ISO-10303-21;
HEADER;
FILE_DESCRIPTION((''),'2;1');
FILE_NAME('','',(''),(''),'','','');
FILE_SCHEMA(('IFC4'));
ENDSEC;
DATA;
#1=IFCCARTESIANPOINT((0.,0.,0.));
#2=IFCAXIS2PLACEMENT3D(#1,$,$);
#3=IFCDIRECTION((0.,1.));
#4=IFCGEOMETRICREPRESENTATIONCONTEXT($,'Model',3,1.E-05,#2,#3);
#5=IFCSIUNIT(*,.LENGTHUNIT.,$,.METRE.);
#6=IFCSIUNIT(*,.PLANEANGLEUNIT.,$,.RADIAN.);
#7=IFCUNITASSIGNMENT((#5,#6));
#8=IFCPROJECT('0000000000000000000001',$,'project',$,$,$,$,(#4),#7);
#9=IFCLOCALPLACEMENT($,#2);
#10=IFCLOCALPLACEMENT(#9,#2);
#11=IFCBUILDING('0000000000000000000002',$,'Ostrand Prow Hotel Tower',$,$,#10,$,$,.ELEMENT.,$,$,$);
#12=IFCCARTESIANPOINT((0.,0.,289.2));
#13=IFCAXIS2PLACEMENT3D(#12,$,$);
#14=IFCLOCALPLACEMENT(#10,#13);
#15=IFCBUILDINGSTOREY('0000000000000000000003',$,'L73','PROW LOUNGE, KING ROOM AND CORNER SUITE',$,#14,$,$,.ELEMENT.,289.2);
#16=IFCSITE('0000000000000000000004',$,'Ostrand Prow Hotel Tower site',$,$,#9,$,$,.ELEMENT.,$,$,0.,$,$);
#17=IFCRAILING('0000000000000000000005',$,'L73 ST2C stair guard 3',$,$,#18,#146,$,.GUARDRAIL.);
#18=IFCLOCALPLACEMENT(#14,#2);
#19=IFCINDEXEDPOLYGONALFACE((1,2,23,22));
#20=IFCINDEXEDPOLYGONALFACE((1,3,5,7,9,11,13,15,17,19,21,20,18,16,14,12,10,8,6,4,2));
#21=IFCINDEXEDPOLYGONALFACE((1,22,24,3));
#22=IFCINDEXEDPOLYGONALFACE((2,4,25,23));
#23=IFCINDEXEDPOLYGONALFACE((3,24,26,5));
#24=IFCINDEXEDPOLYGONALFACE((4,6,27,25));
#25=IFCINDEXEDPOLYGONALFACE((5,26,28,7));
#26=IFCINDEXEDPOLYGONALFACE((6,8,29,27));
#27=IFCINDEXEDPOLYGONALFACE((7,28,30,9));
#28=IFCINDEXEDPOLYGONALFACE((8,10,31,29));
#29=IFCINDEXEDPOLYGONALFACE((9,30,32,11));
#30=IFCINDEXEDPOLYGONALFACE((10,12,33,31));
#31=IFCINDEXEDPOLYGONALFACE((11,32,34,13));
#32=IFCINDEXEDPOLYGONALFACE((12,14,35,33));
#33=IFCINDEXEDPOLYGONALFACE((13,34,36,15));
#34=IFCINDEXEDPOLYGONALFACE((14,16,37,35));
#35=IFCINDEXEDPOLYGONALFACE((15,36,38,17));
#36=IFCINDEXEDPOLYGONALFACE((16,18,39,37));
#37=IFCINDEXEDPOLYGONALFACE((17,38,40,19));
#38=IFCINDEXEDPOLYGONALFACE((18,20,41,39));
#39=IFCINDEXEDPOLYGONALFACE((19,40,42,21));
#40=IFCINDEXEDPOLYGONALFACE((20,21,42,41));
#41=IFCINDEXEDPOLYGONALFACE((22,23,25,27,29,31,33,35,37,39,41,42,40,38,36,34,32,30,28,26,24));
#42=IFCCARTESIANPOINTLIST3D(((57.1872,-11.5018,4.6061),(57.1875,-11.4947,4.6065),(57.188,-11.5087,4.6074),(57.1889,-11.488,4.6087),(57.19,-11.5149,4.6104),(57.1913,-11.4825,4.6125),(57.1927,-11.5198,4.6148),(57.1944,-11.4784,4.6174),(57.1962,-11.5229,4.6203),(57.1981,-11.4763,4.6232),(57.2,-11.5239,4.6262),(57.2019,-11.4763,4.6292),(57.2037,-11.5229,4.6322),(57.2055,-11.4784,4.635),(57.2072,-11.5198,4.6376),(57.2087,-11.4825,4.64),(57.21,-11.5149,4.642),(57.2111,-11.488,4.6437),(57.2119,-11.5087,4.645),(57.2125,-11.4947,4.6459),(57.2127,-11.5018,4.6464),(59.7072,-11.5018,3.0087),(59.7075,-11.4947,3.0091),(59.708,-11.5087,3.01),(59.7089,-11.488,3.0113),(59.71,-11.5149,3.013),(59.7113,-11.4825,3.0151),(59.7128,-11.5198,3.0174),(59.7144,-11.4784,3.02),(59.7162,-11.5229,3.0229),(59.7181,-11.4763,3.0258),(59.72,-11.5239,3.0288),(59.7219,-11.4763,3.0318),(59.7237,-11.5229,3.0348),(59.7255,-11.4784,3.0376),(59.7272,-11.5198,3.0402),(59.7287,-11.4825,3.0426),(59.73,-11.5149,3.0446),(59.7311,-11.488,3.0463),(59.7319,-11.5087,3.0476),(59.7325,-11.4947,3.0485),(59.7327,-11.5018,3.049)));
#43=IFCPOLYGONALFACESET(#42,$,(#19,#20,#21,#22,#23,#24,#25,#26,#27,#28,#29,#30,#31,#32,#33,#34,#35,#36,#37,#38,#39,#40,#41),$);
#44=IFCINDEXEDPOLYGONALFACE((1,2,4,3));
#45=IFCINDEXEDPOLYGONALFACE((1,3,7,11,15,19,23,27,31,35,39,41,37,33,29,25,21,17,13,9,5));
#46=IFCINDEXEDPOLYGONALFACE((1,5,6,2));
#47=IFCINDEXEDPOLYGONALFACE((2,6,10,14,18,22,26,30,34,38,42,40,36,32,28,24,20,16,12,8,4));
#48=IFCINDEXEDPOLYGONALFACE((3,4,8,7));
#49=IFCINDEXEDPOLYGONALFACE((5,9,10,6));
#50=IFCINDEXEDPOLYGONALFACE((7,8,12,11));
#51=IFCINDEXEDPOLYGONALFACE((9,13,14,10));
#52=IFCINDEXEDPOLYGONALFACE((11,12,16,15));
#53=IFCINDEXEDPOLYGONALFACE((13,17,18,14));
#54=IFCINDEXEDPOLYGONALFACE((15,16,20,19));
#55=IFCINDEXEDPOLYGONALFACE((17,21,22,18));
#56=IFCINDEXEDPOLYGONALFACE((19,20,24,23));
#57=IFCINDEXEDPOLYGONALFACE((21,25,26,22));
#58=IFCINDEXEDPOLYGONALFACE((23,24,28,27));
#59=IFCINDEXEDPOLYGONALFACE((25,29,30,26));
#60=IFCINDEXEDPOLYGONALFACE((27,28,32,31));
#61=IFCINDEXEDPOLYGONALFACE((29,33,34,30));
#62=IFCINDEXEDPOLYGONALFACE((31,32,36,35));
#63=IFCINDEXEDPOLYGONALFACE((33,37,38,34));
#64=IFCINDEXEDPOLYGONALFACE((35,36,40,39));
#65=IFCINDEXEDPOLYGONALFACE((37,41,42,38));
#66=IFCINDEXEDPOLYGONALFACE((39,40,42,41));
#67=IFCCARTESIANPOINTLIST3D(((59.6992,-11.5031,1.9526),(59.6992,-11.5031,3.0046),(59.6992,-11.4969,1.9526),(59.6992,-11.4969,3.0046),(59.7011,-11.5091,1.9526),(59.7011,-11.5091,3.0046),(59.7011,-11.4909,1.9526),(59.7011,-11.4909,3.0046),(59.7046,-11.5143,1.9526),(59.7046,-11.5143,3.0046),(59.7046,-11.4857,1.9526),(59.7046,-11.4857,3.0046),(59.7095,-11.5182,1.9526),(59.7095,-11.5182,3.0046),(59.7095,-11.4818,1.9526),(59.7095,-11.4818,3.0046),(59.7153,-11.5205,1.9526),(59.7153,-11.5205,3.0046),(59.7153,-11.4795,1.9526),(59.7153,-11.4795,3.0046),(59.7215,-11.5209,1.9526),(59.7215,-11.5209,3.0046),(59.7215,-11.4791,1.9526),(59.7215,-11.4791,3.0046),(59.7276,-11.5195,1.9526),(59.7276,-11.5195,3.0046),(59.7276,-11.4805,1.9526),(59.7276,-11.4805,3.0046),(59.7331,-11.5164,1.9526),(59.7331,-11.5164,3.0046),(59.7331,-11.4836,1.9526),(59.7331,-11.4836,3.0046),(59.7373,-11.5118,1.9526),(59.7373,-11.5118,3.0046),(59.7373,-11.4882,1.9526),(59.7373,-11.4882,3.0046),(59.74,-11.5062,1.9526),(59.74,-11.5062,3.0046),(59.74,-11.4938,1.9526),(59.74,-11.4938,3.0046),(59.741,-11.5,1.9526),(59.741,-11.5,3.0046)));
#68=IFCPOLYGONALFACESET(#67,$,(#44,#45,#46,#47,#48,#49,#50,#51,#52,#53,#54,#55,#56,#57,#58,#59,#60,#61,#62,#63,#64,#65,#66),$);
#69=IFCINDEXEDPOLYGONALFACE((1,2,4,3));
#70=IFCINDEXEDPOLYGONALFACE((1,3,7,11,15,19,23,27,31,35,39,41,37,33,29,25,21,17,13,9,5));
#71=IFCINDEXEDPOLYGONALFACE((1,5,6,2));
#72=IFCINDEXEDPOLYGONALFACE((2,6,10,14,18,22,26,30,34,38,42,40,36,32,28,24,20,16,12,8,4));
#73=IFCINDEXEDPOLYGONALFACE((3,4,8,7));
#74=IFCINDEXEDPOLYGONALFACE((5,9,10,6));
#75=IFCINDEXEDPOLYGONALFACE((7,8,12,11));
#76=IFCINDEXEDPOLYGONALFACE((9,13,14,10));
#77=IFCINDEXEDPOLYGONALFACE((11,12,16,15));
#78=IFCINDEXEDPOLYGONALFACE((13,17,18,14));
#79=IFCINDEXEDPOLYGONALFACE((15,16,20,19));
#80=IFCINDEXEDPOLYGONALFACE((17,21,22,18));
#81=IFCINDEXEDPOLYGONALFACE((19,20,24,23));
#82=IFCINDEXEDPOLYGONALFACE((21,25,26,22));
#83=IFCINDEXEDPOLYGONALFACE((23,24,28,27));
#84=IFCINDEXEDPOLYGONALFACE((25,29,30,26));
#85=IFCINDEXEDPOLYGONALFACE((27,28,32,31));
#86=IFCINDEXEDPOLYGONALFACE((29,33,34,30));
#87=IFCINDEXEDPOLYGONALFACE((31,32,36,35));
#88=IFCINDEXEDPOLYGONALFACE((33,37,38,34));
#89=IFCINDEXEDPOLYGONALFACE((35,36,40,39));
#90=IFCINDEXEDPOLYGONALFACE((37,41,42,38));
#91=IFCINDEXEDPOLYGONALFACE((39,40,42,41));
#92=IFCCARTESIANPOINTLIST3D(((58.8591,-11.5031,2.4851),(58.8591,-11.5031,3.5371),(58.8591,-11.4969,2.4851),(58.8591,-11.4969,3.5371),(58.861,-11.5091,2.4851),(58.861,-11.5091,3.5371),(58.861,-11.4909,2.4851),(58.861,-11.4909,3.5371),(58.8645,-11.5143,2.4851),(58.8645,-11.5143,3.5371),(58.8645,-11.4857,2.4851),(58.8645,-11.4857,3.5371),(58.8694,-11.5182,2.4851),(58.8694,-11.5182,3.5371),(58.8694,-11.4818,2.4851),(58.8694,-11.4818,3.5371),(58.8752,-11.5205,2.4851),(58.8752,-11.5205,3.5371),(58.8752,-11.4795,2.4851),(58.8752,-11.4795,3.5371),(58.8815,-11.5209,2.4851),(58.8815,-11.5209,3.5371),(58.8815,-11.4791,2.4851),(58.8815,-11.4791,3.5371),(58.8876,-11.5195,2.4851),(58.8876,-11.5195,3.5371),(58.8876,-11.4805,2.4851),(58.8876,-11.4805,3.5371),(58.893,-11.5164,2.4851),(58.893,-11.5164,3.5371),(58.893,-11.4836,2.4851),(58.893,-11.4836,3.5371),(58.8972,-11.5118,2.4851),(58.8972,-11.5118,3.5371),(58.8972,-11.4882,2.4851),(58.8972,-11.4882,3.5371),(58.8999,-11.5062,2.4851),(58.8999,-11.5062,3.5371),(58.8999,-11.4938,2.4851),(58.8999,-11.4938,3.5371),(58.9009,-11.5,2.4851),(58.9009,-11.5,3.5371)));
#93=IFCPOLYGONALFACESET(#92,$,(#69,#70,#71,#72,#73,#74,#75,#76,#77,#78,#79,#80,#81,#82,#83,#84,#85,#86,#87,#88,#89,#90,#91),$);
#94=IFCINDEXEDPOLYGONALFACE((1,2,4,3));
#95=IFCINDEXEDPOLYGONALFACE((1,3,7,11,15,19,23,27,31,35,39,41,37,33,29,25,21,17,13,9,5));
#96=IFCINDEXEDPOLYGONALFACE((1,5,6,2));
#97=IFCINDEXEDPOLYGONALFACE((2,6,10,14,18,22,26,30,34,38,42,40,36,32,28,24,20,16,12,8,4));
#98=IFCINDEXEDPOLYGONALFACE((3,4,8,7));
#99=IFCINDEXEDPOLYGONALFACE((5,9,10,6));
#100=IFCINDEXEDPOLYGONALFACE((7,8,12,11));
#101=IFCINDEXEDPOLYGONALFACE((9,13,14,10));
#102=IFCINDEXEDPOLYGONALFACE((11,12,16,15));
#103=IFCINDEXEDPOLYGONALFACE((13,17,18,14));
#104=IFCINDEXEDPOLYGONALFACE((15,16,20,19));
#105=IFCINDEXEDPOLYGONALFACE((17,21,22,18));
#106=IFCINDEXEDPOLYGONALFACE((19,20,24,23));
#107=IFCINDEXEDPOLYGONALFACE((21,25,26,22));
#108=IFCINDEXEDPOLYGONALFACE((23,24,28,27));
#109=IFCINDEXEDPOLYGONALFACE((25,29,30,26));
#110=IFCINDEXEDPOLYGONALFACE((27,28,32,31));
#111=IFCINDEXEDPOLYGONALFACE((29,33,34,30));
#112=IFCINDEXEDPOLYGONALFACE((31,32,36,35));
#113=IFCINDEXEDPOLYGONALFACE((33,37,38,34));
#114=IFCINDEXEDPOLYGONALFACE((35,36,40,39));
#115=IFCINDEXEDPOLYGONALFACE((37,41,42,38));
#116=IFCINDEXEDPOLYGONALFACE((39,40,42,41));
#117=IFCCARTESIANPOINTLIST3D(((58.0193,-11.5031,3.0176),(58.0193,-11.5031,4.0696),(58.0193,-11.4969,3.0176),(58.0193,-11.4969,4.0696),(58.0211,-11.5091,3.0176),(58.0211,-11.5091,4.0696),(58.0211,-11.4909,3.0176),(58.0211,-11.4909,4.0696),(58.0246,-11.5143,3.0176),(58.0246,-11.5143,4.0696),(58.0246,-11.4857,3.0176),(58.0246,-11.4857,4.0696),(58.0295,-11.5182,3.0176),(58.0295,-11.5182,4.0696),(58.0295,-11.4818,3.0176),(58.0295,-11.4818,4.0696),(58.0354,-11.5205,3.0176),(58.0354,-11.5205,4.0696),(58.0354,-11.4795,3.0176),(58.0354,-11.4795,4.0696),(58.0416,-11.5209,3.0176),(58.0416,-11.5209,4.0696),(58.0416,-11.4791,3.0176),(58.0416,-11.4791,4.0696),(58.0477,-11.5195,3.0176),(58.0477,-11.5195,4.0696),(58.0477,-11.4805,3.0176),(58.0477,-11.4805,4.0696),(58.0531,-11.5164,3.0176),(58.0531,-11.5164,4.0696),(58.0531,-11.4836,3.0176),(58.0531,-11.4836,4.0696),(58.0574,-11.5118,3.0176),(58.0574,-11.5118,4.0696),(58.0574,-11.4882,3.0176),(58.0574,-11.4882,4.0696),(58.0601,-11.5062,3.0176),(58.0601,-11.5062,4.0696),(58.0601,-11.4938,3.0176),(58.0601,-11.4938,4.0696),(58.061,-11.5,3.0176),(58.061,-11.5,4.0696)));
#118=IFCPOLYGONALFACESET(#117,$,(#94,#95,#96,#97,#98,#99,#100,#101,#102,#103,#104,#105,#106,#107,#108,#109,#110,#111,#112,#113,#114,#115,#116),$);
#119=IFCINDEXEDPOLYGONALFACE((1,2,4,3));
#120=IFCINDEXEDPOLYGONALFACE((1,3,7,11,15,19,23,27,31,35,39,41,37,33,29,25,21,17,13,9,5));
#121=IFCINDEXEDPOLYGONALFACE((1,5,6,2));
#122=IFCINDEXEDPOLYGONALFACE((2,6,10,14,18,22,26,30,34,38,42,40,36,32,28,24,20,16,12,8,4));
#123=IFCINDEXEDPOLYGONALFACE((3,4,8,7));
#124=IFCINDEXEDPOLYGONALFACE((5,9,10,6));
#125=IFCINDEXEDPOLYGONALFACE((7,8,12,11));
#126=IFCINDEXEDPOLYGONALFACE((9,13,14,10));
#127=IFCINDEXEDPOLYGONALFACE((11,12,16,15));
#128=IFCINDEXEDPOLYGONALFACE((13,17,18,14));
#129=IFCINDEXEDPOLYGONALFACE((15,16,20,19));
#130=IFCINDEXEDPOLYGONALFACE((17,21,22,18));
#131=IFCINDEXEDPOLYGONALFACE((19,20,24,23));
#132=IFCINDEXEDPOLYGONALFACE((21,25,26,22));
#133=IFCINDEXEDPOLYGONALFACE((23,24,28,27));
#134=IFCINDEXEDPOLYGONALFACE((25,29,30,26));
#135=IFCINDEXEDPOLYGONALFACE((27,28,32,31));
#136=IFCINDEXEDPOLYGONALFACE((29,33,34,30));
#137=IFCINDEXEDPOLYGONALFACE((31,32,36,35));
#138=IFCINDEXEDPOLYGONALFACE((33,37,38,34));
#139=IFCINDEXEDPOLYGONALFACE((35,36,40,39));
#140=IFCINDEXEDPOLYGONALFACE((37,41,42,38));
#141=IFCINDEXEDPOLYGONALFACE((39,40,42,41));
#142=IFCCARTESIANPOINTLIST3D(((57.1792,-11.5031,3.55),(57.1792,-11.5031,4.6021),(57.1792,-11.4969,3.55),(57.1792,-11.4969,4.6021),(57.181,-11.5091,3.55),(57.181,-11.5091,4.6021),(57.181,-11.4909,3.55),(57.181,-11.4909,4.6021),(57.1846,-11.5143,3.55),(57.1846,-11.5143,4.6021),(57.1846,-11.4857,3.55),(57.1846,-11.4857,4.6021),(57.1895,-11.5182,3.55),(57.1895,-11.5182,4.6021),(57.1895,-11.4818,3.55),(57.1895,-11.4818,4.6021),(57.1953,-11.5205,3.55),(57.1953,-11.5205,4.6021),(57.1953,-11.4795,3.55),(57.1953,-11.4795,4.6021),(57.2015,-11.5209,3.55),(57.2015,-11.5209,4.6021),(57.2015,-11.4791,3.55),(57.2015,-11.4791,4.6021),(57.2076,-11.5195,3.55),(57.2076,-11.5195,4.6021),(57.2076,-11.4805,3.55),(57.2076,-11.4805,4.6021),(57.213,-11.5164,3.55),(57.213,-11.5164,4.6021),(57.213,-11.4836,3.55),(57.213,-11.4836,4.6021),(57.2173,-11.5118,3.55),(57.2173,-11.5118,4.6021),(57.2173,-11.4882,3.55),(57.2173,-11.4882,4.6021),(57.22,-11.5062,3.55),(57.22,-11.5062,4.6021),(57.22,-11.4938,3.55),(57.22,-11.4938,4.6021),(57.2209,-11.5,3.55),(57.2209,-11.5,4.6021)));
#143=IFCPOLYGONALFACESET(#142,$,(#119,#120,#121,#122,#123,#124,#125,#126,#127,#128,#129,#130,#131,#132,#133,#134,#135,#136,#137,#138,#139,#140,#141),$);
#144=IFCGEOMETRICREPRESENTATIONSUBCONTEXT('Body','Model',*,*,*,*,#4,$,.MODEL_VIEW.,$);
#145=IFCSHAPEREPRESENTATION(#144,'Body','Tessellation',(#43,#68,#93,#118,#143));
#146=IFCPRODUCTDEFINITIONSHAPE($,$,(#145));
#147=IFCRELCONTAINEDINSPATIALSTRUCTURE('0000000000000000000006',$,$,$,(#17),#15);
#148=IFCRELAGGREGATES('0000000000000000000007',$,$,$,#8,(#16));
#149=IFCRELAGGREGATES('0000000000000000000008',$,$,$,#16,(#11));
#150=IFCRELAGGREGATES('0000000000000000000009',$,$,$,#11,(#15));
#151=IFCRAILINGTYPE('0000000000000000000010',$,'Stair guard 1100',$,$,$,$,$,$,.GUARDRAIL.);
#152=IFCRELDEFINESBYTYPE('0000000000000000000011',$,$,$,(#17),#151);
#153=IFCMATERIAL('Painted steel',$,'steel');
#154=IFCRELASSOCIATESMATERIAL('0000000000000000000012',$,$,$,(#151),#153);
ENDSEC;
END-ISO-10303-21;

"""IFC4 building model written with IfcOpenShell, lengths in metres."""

from ifc_helpers import new_model, si_unit, direction, frame, origin, origin_2d, place, context, subcontext, project, spatial, circle, extrude, material, type_object, element, save


model = new_model("IFC4")

# Units and contexts
model_context = context("Model", 3, precision=1e-05, world=origin(), true_north=direction((0.0, 1.0)))
body_context = subcontext(model_context, "Body", "Model", "MODEL_VIEW")
ifc_project = project(units=[si_unit("LENGTHUNIT", "METRE"), si_unit("PLANEANGLEUNIT", "RADIAN")], contexts=[model_context])

# Site, building, storey
site_placement = place(None, origin())
site = spatial("IfcSite", under=ifc_project, at=site_placement, Name="Ostrand Prow Hotel Tower site", CompositionType="ELEMENT", RefElevation=0.0)
building_placement = place(site_placement, origin())
building = spatial("IfcBuilding", under=site, at=building_placement, Name="Ostrand Prow Hotel Tower", CompositionType="ELEMENT")
storey_placement = place(building_placement, frame((0.0, 0.0, 289.2)))
storey = spatial("IfcBuildingStorey", under=building, at=storey_placement, Name="L73", Description="PROW LOUNGE, KING ROOM AND CORNER SUITE", CompositionType="ELEMENT", Elevation=289.2)

# Railing
ifc_material_1 = material(Name="Painted steel", Category="steel")
railing_type_1 = type_object("IfcRailingType", Name="Stair guard 1100", PredefinedType="GUARDRAIL", material=ifc_material_1)
railing_1_placement = place(storey_placement, frame((59.72, -11.5, 1.9526)))
element("IfcRailing", 1, at=railing_1_placement, inside=storey, type_object=railing_type_1, Name="L73 ST2C stair guard 3", PredefinedType="GUARDRAIL", context=body_context, shape_type="SweptSolid", body=[
    extrude(circle(Radius=0.0239, at=origin_2d()), frame((0.0, 0.0, 1.0762), z_axis=(-0.844607, 0.0, 0.535387), x_axis=(0.0, -1.0, 0.0)), (0.0, 0.0, 1.0), 2.9836),
    extrude(circle(Radius=0.021, at=origin_2d()), origin(), (0.0, 0.0, 1.0), 1.052),
    extrude(circle(Radius=0.021, at=origin_2d()), frame((-0.8401, 0.0, 0.5325)), (0.0, 0.0, 1.0), 1.052),
    extrude(circle(Radius=0.021, at=origin_2d()), frame((-1.6799, 0.0, 1.0649)), (0.0, 0.0, 1.0), 1.052),
    extrude(circle(Radius=0.021, at=origin_2d()), frame((-2.52, 0.0, 1.5974)), (0.0, 0.0, 1.0), 1.052),
])

save(model, "model.ifc")
